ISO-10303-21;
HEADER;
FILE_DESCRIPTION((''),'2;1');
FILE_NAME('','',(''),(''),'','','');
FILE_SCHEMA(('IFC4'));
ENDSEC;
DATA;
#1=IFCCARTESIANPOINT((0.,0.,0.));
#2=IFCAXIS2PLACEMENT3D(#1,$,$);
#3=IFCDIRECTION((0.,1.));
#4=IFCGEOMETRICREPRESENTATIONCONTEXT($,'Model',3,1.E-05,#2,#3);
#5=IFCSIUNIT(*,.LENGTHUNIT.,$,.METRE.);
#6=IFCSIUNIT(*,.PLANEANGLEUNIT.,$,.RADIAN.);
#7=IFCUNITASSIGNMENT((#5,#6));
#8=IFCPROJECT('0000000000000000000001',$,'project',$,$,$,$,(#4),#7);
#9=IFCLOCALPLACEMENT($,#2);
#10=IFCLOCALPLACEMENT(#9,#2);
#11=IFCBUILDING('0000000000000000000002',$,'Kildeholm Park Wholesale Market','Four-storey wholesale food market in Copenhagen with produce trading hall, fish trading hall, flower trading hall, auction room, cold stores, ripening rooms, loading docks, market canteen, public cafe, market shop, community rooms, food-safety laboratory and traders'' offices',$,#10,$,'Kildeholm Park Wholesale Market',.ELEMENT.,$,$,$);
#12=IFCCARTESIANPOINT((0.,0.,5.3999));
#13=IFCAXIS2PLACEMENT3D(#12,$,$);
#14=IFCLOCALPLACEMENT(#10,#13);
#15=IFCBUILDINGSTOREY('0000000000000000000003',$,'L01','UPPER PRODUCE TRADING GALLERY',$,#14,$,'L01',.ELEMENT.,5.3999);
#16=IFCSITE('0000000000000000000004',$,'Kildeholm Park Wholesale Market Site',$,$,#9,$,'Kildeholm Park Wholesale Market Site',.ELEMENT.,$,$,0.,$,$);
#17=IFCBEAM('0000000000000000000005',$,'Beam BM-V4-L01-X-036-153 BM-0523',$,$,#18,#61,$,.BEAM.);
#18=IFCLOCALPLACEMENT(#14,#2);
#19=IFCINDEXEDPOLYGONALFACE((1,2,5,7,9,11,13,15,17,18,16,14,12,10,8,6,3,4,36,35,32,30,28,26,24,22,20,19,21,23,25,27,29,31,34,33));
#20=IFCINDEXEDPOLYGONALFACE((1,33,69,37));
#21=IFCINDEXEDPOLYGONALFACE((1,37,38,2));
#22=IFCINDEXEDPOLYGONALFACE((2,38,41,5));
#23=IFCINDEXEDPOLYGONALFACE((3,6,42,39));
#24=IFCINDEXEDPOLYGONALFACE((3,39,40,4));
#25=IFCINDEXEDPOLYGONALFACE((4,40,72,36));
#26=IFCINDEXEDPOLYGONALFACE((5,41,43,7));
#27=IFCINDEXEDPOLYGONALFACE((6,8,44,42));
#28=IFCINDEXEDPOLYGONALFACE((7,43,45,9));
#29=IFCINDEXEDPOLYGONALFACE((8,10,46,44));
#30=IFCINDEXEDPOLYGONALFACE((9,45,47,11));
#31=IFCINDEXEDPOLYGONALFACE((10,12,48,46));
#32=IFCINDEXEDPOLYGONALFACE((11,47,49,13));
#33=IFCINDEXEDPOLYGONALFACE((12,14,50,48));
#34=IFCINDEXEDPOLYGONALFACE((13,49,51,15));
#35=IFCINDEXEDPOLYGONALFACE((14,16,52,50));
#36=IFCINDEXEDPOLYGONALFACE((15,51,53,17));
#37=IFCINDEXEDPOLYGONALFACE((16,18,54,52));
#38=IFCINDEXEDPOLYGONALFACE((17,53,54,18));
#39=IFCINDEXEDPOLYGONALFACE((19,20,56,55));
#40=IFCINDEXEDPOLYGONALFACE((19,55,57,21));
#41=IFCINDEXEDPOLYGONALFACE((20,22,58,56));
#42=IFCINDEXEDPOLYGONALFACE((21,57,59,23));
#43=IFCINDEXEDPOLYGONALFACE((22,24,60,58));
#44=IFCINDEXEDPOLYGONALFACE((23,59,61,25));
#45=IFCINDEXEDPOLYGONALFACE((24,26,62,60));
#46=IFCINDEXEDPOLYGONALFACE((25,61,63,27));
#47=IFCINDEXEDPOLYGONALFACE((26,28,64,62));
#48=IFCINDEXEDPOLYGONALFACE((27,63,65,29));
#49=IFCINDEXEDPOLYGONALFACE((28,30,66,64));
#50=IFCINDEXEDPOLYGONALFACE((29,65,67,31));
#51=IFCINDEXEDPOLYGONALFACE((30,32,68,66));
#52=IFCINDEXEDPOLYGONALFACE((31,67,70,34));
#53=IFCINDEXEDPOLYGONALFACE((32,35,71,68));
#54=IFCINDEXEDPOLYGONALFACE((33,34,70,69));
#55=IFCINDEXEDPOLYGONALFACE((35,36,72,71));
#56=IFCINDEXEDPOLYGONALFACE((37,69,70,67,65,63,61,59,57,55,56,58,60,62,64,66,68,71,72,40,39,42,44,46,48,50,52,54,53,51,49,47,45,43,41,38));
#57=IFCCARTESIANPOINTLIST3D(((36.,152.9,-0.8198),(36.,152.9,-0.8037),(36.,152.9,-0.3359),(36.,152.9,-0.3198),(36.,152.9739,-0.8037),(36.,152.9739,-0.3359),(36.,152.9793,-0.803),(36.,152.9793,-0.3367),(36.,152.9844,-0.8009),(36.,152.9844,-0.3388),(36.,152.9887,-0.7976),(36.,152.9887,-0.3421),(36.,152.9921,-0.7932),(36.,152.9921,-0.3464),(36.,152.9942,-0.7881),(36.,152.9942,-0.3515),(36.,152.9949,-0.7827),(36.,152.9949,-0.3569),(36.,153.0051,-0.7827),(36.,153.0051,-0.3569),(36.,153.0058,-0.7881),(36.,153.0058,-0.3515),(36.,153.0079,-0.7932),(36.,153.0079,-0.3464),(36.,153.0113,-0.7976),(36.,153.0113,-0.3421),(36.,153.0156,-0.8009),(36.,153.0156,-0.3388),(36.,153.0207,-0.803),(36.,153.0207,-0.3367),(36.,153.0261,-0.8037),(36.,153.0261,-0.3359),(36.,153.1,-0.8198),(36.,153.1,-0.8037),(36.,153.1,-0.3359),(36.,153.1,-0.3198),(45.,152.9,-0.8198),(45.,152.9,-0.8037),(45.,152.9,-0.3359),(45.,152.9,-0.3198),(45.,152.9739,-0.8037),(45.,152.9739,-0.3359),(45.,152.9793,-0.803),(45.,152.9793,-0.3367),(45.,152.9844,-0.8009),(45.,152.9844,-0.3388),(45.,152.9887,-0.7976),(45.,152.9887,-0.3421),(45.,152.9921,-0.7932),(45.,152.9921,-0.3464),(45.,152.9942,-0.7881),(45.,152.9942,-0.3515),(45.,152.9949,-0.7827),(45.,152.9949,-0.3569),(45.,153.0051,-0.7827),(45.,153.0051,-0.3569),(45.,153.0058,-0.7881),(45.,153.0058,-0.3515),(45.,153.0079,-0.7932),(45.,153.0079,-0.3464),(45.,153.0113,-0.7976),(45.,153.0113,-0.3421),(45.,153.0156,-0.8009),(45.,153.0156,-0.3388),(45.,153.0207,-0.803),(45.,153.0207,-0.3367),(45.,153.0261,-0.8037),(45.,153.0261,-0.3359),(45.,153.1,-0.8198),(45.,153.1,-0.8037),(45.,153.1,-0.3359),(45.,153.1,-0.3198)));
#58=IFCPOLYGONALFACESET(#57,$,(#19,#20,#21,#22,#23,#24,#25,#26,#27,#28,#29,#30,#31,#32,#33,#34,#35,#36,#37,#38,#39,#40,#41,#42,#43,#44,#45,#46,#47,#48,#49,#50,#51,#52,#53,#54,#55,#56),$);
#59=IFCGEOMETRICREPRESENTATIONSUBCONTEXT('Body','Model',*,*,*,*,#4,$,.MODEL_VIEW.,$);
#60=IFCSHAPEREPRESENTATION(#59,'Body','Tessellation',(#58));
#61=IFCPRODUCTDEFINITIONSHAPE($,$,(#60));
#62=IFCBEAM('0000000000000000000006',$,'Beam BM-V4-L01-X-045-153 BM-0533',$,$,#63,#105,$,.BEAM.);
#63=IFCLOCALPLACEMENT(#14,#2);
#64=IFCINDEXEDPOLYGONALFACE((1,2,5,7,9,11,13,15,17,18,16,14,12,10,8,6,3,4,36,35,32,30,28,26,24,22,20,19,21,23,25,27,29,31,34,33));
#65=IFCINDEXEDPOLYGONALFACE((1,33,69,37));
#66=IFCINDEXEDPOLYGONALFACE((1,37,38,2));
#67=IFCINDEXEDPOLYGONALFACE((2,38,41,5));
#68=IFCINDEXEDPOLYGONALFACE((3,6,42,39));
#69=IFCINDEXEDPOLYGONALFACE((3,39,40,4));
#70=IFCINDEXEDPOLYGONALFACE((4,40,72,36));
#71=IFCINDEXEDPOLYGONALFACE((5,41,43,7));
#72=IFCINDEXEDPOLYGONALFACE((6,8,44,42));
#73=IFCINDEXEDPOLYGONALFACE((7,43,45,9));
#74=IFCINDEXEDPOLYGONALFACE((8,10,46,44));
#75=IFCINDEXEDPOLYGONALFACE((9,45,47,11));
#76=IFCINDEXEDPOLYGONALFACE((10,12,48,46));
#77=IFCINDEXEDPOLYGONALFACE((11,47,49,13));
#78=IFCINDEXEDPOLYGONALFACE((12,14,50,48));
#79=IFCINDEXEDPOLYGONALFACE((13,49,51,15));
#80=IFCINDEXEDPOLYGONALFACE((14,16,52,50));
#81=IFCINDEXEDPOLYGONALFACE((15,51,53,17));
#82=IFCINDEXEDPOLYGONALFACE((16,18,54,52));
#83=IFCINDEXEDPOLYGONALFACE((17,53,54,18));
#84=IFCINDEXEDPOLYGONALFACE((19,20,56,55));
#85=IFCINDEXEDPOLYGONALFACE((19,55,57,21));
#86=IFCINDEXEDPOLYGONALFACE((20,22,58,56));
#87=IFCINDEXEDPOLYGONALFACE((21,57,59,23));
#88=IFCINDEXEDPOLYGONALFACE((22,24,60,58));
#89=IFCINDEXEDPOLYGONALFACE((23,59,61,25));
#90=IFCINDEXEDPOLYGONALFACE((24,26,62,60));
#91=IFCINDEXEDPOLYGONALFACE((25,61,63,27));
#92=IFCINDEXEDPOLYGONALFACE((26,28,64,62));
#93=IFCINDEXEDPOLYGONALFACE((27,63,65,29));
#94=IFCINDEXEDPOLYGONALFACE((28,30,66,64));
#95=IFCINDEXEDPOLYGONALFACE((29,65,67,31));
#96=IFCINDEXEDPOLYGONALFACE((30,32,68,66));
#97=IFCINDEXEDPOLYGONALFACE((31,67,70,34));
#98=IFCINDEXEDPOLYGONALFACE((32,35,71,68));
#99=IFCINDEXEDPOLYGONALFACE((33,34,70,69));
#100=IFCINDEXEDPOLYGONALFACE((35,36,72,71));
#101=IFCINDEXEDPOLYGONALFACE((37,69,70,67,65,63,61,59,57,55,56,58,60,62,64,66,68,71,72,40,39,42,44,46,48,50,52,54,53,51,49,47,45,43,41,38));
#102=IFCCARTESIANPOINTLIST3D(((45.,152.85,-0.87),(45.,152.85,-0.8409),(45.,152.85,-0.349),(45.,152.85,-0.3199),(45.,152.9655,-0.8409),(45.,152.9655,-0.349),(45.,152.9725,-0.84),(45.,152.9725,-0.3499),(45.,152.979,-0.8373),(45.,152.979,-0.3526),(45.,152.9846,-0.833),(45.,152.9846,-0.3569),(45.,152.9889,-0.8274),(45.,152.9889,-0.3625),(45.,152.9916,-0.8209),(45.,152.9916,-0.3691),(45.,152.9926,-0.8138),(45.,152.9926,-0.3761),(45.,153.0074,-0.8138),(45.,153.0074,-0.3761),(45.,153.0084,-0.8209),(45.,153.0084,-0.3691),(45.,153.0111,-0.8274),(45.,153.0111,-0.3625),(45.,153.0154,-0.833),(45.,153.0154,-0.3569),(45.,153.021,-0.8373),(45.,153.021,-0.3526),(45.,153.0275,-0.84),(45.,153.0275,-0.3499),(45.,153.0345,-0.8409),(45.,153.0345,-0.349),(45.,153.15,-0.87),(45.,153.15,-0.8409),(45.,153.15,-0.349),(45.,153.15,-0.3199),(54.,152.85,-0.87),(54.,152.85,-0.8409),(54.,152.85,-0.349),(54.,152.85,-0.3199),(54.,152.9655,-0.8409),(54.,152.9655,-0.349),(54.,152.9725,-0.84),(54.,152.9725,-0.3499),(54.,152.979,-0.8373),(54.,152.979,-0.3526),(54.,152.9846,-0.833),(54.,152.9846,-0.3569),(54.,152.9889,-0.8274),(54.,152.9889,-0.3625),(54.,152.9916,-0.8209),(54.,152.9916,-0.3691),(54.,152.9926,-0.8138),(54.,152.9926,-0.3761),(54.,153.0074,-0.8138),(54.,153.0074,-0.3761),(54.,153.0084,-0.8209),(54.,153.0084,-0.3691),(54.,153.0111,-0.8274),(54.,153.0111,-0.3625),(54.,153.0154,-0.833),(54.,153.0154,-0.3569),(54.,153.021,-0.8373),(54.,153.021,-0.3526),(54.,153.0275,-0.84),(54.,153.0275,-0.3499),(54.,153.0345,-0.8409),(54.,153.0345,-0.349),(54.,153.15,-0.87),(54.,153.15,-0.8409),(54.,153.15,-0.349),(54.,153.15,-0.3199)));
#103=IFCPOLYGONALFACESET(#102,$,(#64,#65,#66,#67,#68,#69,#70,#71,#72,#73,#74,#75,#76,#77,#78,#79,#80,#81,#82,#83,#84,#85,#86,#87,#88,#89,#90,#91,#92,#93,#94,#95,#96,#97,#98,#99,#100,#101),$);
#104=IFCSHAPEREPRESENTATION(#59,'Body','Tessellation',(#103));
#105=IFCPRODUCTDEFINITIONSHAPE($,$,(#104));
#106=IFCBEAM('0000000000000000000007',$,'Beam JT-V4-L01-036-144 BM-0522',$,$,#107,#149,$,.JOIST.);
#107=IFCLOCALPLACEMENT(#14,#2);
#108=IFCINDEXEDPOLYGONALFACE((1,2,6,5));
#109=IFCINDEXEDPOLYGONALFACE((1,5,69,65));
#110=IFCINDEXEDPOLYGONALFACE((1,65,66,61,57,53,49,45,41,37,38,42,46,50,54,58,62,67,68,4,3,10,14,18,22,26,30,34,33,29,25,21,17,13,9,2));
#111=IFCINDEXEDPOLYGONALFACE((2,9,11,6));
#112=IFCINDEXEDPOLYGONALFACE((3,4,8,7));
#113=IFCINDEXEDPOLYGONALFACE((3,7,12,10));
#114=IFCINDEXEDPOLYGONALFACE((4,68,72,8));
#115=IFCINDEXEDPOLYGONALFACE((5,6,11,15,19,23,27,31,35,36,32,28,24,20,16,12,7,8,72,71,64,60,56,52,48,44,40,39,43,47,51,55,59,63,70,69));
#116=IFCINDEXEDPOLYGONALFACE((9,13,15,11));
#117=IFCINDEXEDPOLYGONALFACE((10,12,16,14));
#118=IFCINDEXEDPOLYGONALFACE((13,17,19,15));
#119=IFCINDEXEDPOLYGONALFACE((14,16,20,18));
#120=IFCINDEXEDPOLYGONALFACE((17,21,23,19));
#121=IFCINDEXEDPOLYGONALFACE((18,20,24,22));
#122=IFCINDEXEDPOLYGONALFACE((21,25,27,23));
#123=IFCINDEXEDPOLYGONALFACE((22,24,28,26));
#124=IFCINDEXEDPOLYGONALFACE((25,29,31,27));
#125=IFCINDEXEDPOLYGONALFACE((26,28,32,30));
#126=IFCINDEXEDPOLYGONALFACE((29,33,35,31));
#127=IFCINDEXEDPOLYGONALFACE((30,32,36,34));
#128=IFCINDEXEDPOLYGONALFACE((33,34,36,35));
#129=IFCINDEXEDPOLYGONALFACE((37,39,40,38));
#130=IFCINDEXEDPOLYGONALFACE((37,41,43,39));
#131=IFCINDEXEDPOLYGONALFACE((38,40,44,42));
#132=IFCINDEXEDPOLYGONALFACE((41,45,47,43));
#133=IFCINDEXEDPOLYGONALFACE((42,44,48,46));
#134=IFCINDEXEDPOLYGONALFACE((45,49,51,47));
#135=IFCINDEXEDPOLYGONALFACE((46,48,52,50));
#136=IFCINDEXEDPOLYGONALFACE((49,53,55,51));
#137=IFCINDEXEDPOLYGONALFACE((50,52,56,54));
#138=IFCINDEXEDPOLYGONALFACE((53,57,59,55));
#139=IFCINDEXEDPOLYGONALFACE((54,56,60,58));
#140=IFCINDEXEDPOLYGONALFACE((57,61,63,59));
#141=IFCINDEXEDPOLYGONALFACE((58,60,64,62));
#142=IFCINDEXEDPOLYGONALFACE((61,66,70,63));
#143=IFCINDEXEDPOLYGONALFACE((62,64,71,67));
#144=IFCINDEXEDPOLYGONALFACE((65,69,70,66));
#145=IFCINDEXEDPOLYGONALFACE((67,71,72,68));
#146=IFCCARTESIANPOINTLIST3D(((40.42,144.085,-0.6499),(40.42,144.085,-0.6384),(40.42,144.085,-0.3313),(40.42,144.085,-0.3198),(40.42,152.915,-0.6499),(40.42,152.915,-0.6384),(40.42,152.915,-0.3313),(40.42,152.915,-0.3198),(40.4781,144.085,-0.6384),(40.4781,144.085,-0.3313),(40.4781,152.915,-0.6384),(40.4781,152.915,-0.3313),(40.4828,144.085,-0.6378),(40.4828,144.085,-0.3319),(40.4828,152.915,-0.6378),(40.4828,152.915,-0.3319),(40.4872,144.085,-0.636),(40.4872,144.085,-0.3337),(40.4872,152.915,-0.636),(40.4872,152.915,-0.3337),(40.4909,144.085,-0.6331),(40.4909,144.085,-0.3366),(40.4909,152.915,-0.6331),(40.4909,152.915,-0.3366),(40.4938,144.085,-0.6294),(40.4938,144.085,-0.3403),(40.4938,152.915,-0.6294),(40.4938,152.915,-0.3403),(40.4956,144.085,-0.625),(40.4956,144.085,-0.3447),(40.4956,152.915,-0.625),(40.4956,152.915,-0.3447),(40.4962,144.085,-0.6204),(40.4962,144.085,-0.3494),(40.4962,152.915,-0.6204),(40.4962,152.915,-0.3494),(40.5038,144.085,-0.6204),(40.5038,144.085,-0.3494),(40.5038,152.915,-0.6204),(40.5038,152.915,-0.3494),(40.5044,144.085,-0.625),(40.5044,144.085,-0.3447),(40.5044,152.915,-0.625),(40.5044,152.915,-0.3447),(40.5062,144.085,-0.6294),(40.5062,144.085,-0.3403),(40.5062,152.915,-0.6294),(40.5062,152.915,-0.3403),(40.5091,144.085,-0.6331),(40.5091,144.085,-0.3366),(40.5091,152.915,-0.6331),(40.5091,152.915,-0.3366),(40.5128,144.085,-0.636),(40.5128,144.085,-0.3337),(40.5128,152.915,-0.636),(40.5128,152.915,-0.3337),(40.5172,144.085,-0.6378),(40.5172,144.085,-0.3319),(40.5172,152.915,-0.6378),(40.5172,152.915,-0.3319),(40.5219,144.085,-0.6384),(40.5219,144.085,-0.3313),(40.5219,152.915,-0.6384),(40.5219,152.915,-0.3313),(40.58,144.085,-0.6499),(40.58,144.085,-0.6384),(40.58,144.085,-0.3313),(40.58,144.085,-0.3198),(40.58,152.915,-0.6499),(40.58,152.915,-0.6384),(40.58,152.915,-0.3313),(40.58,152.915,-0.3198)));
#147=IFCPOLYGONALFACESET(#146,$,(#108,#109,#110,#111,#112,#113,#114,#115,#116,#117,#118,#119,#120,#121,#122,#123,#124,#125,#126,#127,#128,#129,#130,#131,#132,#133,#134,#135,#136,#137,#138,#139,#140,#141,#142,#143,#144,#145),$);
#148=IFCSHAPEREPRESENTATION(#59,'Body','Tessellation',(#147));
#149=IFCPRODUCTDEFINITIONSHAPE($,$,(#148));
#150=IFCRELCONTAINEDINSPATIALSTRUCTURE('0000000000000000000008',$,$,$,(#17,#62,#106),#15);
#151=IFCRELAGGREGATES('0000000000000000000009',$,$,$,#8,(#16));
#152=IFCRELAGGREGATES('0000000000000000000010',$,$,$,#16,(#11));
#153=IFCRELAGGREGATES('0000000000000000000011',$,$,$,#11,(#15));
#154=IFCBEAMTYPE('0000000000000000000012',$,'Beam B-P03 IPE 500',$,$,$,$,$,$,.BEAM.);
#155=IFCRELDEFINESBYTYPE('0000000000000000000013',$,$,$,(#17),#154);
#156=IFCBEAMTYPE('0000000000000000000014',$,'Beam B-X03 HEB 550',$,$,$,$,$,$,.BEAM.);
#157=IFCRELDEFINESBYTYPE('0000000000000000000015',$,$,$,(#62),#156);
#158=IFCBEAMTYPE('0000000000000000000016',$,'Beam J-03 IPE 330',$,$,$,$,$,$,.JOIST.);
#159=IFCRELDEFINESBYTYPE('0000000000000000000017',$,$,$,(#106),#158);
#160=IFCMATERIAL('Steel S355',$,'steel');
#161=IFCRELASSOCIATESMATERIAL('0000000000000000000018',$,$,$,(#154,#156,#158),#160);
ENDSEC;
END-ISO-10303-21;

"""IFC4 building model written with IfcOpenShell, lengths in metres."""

from ifc_helpers import new_model, si_unit, direction, frame, origin, origin_2d, place, context, subcontext, project, spatial, i_section, extrude, material, material_profile, profile_set, type_object, element, save


model = new_model("IFC4")

# Units and contexts
model_context = context("Model", 3, precision=1e-05, world=origin(), true_north=direction((0.0, 1.0)))
body_context = subcontext(model_context, "Body", "Model", "MODEL_VIEW")
ifc_project = project(units=[si_unit("LENGTHUNIT", "METRE"), si_unit("PLANEANGLEUNIT", "RADIAN")], contexts=[model_context])

# Site, building, storey
site_placement = place(None, origin())
site = spatial("IfcSite", under=ifc_project, at=site_placement, Name="Kildeholm Park Wholesale Market Site", LongName="Kildeholm Park Wholesale Market Site", CompositionType="ELEMENT", RefElevation=0.0)
building_placement = place(site_placement, origin())
building = spatial("IfcBuilding", under=site, at=building_placement, Name="Kildeholm Park Wholesale Market", Description="Four-storey wholesale food market in Copenhagen with produce trading hall, fish trading hall, flower trading hall, auction room, cold stores, ripening rooms, loading docks, market canteen, public cafe, market shop, community rooms, food-safety laboratory and traders' offices", LongName="Kildeholm Park Wholesale Market", CompositionType="ELEMENT")
storey_placement = place(building_placement, frame((0.0, 0.0, 5.3999)))
storey = spatial("IfcBuildingStorey", under=building, at=storey_placement, Name="L01", Description="UPPER PRODUCE TRADING GALLERY", LongName="L01", CompositionType="ELEMENT", Elevation=5.3999)

# Beams
ifc_material_1 = material(Name="Steel S355", Category="steel")
ifc_material_profile_1 = material_profile(ifc_material_1, i_section(OverallWidth=0.2, OverallDepth=0.5, WebThickness=0.0103, FlangeThickness=0.0161, FilletRadius=0.021, at=origin_2d()), Name="IPE 500")
ifc_profile_set_1 = profile_set([ifc_material_profile_1], Name="Steel S355")
beam_type_1 = type_object("IfcBeamType", Name="Beam B-P03 IPE 500", PredefinedType="BEAM", material=ifc_profile_set_1)
beam_1_placement = place(storey_placement, frame((36.0, 153.0, -0.5698), z_axis=(1.0, 0.0, 0.0), x_axis=(0.0, 1.0, 0.0)))
element("IfcBeam", 1, at=beam_1_placement, inside=storey, type_object=beam_type_1, Name="Beam BM-V4-L01-X-036-153 BM-0523", PredefinedType="BEAM", context=body_context, shape_type="SweptSolid", body=[
    extrude(i_section(OverallWidth=0.2, OverallDepth=0.5, WebThickness=0.0103, FlangeThickness=0.0161, FilletRadius=0.021, at=origin_2d()), origin(), (0.0, 0.0, 1.0), 9.0),
])
ifc_material_profile_2 = material_profile(ifc_material_1, i_section(OverallWidth=0.3, OverallDepth=0.55, WebThickness=0.0149, FlangeThickness=0.0291, FilletRadius=0.0271, at=origin_2d()), Name="HEB 550")
ifc_profile_set_2 = profile_set([ifc_material_profile_2], Name="Steel S355")
beam_type_2 = type_object("IfcBeamType", Name="Beam B-X03 HEB 550", PredefinedType="BEAM", material=ifc_profile_set_2)
beam_2_placement = place(storey_placement, frame((45.0, 153.0, -0.595), z_axis=(1.0, 0.0, 0.0), x_axis=(0.0, 1.0, 0.0)))
element("IfcBeam", 2, at=beam_2_placement, inside=storey, type_object=beam_type_2, Name="Beam BM-V4-L01-X-045-153 BM-0533", PredefinedType="BEAM", context=body_context, shape_type="SweptSolid", body=[
    extrude(i_section(OverallWidth=0.3, OverallDepth=0.55, WebThickness=0.0149, FlangeThickness=0.0291, FilletRadius=0.0271, at=origin_2d()), origin(), (0.0, 0.0, 1.0), 9.0),
])
ifc_material_profile_3 = material_profile(ifc_material_1, i_section(OverallWidth=0.1599, OverallDepth=0.3301, WebThickness=0.0076, FlangeThickness=0.0115, FilletRadius=0.0181, at=origin_2d()), Name="IPE 330")
ifc_profile_set_3 = profile_set([ifc_material_profile_3], Name="Steel S355")
beam_type_3 = type_object("IfcBeamType", Name="Beam J-03 IPE 330", PredefinedType="JOIST", material=ifc_profile_set_3)
beam_3_placement = place(storey_placement, frame((40.5, 144.085, -0.4849), z_axis=(0.0, 1.0, 0.0), x_axis=(-1.0, 0.0, 0.0)))
element("IfcBeam", 3, at=beam_3_placement, inside=storey, type_object=beam_type_3, Name="Beam JT-V4-L01-036-144 BM-0522", PredefinedType="JOIST", context=body_context, shape_type="SweptSolid", body=[
    extrude(i_section(OverallWidth=0.1599, OverallDepth=0.3301, WebThickness=0.0076, FlangeThickness=0.0115, FilletRadius=0.0181, at=origin_2d()), origin(), (0.0, 0.0, 1.0), 8.8301),
])

save(model, "model.ifc")
